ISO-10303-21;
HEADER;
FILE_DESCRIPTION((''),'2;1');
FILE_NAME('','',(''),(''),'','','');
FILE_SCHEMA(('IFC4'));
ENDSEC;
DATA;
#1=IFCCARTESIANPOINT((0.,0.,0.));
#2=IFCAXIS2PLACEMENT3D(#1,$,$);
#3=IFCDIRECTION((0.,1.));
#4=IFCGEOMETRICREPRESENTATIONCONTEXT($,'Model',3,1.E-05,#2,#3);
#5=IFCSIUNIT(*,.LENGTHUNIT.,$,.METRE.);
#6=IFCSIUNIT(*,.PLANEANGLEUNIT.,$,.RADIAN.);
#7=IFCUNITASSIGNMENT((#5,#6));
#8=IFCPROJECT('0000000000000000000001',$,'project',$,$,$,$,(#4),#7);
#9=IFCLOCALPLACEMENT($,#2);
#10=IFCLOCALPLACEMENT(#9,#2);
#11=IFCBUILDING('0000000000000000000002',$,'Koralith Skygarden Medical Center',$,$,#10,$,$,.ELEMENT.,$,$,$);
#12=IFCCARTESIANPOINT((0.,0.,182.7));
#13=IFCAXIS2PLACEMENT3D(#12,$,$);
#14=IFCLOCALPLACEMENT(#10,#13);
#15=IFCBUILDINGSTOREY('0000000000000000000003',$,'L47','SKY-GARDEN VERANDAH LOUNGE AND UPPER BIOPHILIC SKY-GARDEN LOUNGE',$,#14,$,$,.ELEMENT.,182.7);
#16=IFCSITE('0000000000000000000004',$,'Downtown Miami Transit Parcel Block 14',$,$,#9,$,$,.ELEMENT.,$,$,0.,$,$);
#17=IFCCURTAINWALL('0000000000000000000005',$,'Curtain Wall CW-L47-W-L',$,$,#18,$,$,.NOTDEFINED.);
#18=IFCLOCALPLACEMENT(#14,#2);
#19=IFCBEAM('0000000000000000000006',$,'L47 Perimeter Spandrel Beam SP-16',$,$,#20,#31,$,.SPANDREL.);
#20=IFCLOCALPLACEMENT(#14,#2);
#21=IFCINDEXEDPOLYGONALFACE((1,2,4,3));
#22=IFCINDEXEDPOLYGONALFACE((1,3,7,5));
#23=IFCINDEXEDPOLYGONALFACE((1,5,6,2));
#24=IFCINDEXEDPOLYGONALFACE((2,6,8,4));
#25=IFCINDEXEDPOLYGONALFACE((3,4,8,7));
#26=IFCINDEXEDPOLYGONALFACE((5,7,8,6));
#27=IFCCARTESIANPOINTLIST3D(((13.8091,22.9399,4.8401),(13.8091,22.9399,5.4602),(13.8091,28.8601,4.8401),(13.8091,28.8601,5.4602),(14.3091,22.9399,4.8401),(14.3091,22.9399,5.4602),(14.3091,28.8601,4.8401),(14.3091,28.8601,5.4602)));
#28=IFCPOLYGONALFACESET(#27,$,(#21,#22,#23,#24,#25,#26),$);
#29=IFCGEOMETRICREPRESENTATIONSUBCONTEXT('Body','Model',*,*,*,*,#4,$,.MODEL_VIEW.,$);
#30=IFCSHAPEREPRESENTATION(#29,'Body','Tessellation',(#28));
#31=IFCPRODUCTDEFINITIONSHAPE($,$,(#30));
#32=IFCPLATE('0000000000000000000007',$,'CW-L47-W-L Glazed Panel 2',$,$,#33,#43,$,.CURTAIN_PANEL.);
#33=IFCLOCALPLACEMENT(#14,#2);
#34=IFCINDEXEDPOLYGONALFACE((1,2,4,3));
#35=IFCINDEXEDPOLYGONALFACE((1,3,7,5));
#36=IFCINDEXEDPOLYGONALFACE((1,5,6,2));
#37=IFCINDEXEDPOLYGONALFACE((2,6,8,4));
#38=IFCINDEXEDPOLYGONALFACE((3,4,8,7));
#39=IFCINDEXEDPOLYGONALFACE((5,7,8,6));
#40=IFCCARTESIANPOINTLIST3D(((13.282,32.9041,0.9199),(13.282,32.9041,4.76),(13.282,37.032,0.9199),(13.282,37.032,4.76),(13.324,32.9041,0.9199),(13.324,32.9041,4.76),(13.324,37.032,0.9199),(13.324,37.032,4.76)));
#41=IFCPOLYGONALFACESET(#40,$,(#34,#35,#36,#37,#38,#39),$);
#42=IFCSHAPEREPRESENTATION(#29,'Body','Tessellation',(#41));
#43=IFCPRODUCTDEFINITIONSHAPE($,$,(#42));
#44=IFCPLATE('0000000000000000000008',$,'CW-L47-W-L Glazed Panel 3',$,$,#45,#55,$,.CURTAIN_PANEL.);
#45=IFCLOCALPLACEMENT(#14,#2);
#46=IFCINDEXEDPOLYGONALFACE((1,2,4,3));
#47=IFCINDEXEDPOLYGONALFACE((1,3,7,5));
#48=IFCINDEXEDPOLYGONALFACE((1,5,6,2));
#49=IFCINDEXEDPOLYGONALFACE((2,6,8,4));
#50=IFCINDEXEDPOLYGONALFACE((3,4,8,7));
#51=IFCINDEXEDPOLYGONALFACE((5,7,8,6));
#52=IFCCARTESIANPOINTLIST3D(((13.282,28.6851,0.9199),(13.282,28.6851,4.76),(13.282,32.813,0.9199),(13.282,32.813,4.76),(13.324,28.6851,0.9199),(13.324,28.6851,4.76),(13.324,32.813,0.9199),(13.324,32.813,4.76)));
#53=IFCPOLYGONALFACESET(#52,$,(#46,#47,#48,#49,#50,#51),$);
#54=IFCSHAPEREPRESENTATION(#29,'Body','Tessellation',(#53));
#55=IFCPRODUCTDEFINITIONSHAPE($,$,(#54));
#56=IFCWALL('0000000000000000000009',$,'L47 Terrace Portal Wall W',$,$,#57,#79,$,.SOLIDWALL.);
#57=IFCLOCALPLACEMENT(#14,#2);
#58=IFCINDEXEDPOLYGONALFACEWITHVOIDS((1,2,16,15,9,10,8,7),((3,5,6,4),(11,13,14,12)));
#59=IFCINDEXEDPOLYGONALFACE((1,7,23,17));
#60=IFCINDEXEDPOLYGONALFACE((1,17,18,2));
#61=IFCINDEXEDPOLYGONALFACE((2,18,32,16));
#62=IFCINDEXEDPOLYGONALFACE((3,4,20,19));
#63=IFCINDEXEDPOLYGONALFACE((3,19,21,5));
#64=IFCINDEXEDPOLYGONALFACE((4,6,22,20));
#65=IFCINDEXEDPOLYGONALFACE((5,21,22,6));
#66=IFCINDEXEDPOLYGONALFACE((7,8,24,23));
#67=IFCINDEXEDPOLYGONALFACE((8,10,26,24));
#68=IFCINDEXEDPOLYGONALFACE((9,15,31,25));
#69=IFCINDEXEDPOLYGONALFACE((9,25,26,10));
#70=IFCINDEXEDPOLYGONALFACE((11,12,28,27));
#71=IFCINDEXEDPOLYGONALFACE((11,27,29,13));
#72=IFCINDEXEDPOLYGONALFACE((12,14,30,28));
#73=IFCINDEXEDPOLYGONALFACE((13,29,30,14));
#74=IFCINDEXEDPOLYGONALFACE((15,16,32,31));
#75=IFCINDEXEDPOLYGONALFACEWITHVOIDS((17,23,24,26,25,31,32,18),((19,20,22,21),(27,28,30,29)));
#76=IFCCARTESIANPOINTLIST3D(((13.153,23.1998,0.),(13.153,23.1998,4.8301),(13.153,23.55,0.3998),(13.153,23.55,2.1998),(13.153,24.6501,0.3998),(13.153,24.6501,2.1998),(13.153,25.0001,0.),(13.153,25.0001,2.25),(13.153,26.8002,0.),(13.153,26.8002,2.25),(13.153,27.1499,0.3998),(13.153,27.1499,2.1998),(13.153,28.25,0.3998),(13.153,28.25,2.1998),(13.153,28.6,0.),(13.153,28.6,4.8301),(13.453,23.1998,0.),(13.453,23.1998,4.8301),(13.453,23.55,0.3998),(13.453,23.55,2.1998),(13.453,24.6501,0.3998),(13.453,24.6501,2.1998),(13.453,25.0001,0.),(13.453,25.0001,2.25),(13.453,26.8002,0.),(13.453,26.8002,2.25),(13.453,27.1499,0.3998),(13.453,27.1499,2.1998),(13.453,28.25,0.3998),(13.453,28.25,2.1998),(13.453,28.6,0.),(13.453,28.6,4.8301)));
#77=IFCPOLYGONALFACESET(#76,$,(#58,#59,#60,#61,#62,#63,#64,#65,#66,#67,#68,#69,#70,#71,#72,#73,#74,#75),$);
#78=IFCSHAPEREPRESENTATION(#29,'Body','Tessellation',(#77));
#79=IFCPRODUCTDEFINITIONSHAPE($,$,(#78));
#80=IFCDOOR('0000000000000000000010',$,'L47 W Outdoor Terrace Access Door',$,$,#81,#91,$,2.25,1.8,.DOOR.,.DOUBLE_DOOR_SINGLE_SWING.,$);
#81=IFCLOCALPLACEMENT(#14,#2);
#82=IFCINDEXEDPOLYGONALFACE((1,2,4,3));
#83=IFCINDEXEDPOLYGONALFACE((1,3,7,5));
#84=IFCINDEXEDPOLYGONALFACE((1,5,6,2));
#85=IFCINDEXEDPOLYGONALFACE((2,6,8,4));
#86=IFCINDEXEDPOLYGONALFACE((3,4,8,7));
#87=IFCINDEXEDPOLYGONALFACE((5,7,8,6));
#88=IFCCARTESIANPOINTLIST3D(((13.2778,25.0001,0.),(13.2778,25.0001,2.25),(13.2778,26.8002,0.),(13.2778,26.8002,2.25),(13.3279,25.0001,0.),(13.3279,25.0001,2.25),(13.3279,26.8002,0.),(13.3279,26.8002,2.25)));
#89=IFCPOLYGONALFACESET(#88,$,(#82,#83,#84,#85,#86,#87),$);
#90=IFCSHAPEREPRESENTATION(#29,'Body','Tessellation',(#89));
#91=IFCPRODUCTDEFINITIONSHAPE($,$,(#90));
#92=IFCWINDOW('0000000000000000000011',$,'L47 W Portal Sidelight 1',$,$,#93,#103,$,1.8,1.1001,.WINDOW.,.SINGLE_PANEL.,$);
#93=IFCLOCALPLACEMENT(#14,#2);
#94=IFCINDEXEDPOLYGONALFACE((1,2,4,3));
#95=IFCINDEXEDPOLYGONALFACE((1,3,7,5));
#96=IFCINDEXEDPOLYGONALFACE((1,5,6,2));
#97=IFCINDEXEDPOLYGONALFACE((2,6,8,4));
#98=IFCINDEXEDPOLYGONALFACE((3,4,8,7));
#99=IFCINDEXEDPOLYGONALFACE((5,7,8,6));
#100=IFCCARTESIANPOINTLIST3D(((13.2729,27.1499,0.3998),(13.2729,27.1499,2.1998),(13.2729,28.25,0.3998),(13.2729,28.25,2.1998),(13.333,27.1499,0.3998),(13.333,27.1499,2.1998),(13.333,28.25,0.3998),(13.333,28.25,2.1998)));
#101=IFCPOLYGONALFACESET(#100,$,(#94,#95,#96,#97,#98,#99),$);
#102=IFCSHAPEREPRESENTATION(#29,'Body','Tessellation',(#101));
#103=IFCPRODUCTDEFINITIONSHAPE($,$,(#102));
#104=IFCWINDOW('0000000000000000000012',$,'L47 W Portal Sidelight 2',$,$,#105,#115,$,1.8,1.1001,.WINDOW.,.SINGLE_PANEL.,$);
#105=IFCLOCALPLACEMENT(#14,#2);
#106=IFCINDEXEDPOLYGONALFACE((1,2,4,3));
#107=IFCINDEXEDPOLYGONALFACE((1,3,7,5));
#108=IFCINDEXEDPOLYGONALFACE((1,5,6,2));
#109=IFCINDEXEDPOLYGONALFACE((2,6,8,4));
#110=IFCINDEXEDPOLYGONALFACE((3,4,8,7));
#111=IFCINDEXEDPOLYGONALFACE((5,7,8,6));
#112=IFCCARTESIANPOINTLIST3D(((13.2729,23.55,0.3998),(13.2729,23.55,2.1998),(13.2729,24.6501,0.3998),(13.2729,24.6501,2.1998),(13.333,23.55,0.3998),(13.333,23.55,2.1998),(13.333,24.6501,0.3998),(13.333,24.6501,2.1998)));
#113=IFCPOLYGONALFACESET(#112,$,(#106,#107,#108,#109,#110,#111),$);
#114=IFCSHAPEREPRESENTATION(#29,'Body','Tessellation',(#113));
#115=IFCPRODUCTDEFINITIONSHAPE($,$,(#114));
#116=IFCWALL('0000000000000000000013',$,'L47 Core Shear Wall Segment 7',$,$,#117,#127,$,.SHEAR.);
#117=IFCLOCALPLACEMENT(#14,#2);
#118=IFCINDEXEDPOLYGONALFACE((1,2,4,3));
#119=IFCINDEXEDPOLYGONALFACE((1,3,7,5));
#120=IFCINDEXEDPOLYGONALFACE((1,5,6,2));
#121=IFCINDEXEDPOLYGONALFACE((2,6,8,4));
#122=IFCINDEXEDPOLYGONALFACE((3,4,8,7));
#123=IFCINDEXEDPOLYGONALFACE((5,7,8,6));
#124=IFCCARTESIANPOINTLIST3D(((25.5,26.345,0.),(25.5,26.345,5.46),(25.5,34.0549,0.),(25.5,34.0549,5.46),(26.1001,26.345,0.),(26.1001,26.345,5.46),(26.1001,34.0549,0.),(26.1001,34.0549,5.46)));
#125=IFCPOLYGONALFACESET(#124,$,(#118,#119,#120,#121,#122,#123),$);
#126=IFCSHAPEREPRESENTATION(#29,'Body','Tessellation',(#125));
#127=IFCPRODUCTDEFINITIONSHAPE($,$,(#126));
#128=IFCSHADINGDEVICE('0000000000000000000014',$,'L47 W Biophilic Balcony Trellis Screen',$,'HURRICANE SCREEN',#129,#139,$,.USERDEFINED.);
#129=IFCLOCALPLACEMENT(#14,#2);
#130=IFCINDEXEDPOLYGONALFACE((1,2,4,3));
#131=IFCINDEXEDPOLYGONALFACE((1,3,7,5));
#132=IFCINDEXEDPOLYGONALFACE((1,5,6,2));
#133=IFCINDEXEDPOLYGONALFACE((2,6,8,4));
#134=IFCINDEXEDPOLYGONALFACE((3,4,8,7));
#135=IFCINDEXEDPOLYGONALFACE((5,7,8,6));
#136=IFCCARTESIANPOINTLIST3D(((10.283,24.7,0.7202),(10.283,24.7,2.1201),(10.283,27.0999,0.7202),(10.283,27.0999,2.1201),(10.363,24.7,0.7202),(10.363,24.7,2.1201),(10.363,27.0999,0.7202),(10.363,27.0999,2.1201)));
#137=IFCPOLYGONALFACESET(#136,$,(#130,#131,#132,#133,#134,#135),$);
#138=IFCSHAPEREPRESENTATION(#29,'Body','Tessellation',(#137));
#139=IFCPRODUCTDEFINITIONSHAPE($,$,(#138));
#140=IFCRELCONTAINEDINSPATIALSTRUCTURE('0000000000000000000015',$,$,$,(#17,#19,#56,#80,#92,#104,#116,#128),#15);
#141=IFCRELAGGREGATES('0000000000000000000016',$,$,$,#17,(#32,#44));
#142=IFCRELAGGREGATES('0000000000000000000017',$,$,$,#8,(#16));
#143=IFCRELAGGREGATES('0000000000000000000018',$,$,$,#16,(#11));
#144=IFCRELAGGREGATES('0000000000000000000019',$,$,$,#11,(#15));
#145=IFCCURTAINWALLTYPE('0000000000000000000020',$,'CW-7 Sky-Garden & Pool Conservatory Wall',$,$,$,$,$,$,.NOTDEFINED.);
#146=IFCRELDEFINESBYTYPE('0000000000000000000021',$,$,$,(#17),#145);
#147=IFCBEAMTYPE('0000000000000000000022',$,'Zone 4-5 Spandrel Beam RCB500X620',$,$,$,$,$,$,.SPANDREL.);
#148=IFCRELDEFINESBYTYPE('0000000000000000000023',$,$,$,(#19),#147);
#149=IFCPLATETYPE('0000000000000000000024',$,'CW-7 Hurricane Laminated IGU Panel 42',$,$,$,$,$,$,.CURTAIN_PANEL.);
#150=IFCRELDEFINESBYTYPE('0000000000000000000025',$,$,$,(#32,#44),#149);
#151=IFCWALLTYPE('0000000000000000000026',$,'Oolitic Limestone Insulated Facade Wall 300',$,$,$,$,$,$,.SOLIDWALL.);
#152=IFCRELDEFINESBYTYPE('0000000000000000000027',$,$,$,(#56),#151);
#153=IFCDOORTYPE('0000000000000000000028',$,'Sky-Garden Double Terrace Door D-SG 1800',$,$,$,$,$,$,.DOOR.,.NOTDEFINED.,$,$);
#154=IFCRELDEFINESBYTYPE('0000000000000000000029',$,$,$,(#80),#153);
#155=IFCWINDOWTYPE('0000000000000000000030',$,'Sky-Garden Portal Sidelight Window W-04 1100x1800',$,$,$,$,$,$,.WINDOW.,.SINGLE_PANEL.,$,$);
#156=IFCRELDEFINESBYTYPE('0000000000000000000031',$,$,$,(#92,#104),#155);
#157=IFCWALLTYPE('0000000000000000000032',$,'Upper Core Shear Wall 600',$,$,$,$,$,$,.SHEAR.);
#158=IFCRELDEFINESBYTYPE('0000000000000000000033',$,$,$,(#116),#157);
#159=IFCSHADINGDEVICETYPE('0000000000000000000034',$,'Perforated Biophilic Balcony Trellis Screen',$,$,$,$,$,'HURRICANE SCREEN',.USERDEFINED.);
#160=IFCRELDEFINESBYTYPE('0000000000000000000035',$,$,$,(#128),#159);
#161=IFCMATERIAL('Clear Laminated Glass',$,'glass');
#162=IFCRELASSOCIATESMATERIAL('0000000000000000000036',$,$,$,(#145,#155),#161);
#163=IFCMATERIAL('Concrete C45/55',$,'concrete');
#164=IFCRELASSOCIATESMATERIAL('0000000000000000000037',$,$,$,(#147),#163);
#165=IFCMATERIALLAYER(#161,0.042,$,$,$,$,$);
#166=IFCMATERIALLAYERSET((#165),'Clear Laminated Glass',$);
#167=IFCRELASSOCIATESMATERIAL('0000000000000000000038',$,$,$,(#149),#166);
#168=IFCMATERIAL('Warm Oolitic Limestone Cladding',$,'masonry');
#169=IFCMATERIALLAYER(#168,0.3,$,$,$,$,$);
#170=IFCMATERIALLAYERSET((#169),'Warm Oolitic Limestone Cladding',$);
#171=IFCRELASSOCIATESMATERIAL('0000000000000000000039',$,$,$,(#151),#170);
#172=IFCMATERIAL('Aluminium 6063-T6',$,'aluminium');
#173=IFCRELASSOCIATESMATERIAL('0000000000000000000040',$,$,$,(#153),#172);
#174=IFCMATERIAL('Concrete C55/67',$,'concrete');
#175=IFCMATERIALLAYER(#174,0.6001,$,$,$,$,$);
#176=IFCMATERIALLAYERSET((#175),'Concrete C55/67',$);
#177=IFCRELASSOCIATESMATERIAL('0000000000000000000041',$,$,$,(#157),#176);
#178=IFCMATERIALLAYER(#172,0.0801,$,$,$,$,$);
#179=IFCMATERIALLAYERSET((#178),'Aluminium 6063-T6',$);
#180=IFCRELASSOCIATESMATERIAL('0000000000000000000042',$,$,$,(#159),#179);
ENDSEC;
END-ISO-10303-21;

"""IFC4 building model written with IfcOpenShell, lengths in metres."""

from ifc_helpers import new_model, si_unit, direction, frame, frame_2d, origin, origin_2d, place, context, subcontext, project, spatial, rectangle, extrude, material, layer, layer_set, material_profile, profile_set, type_object, element, fill, aggregate, save


model = new_model("IFC4")

# Units and contexts
model_context = context("Model", 3, precision=1e-05, world=origin(), true_north=direction((0.0, 1.0)))
body_context = subcontext(model_context, "Body", "Model", "MODEL_VIEW")
ifc_project = project(units=[si_unit("LENGTHUNIT", "METRE"), si_unit("PLANEANGLEUNIT", "RADIAN")], contexts=[model_context])

# Site, building, storey
site_placement = place(None, origin())
site = spatial("IfcSite", under=ifc_project, at=site_placement, Name="Downtown Miami Transit Parcel Block 14", CompositionType="ELEMENT", RefElevation=0.0)
building_placement = place(site_placement, origin())
building = spatial("IfcBuilding", under=site, at=building_placement, Name="Koralith Skygarden Medical Center", CompositionType="ELEMENT")
storey_placement = place(building_placement, frame((0.0, 0.0, 182.7)))
storey = spatial("IfcBuildingStorey", under=building, at=storey_placement, Name="L47", Description="SKY-GARDEN VERANDAH LOUNGE AND UPPER BIOPHILIC SKY-GARDEN LOUNGE", CompositionType="ELEMENT", Elevation=182.7)

# Shared definitions
ifc_material_1 = material(Name="Concrete C55/67", Category="concrete")

# Curtain wall
ifc_material_2 = material(Name="Clear Laminated Glass", Category="glass")
curtain_wall_type = type_object("IfcCurtainWallType", Name="CW-7 Sky-Garden & Pool Conservatory Wall", PredefinedType="NOTDEFINED", material=ifc_material_2)
curtain_wall_placement = place(storey_placement, origin())
curtain_wall = element("IfcCurtainWall", 1, at=curtain_wall_placement, inside=storey, type_object=curtain_wall_type, Name="Curtain Wall CW-L47-W-L", PredefinedType="NOTDEFINED")
ifc_material_3 = material(Name="Aluminium 6063-T6", Category="aluminium")

# Beam
ifc_material_4 = material(Name="Concrete C45/55", Category="concrete")
ifc_material_profile_1 = material_profile(ifc_material_4, rectangle(XDim=0.5, YDim=0.6201, at=origin_2d()), Name="RCB500X620")
ifc_profile_set_1 = profile_set([ifc_material_profile_1], Name="Concrete C45/55")
beam_type_1 = type_object("IfcBeamType", Name="Zone 4-5 Spandrel Beam RCB500X620", PredefinedType="SPANDREL", material=ifc_profile_set_1)
beam_1_placement = place(storey_placement, frame((14.0591, 28.8601, 5.1501), z_axis=(0.0, -1.0, 0.0), x_axis=(1.0, 0.0, 0.0)))
element("IfcBeam", 2, at=beam_1_placement, inside=storey, type_object=beam_type_1, Name="L47 Perimeter Spandrel Beam SP-16", PredefinedType="SPANDREL", context=body_context, shape_type="SweptSolid", body=[
    extrude(rectangle(XDim=0.5, YDim=0.6201, at=origin_2d()), origin(), (0.0, 0.0, 1.0), 5.9202),
])

# Plates
ifc_layer_1 = layer(ifc_material_2, 0.042)
ifc_layer_set_1 = layer_set([ifc_layer_1], Name="Clear Laminated Glass")
plate_type = type_object("IfcPlateType", Name="CW-7 Hurricane Laminated IGU Panel 42", PredefinedType="CURTAIN_PANEL", material=ifc_layer_set_1)
plate_1_placement = place(storey_placement, frame((13.303, 34.968, 0.9199), z_axis=(0.0, 0.0, 1.0), x_axis=(0.0, -1.0, 0.0)))
plate_1 = element("IfcPlate", 3, at=plate_1_placement, type_object=plate_type, Name="CW-L47-W-L Glazed Panel 2", PredefinedType="CURTAIN_PANEL", context=body_context, shape_type="SweptSolid", body=[
    extrude(rectangle(XDim=4.1279, YDim=0.042, at=origin_2d()), origin(), (0.0, 0.0, 1.0), 3.8401),
])
plate_2_placement = place(storey_placement, frame((13.303, 30.749, 0.9199), z_axis=(0.0, 0.0, 1.0), x_axis=(0.0, -1.0, 0.0)))
plate_2 = element("IfcPlate", 4, at=plate_2_placement, type_object=plate_type, Name="CW-L47-W-L Glazed Panel 3", PredefinedType="CURTAIN_PANEL", context=body_context, shape_type="SweptSolid", body=[
    extrude(rectangle(XDim=4.1279, YDim=0.042, at=origin_2d()), origin(), (0.0, 0.0, 1.0), 3.8401),
])
aggregate(curtain_wall, [plate_1, plate_2])

# Wall, openings, door, windows
ifc_material_5 = material(Name="Warm Oolitic Limestone Cladding", Category="masonry")
ifc_layer_2 = layer(ifc_material_5, 0.3)
ifc_layer_set_2 = layer_set([ifc_layer_2], Name="Warm Oolitic Limestone Cladding")
wall_type_1 = type_object("IfcWallType", Name="Oolitic Limestone Insulated Facade Wall 300", PredefinedType="SOLIDWALL", material=ifc_layer_set_2)
wall_1_placement = place(storey_placement, frame((13.303, 28.6001, 0.0), z_axis=(0.0, 0.0, 1.0), x_axis=(0.0, -1.0, 0.0)))
wall_1 = element("IfcWall", 5, at=wall_1_placement, inside=storey, type_object=wall_type_1, Name="L47 Terrace Portal Wall W", PredefinedType="SOLIDWALL", context=body_context, shape_type="SweptSolid", body=[
    extrude(rectangle(XDim=5.4001, YDim=0.3, at=frame_2d((2.7002, 0.0))), origin(), (0.0, 0.0, 1.0), 4.8301),
])
opening_1_placement = place(wall_1_placement, frame((1.8, 0.0, 0.0)))
opening_1 = element("IfcOpeningElement", 6, at=opening_1_placement, cuts=wall_1, PredefinedType="OPENING", context=body_context, shape_type="SweptSolid", body=[
    extrude(rectangle(XDim=1.8, YDim=2.25, at=frame_2d((0.8999, 1.125))), frame((0.0, 0.1599, 0.0), z_axis=(0.0, -1.0, 0.0), x_axis=(1.0, 0.0, 0.0)), (0.0, 0.0, 1.0), 0.3201),
])
opening_2_placement = place(wall_1_placement, frame((0.3501, 0.0, 0.3999)))
opening_2 = element("IfcOpeningElement", 7, at=opening_2_placement, cuts=wall_1, PredefinedType="OPENING", context=body_context, shape_type="SweptSolid", body=[
    extrude(rectangle(XDim=1.1001, YDim=1.8, at=frame_2d((0.55, 0.8999))), frame((0.0, 0.1599, 0.0), z_axis=(0.0, -1.0, 0.0), x_axis=(1.0, 0.0, 0.0)), (0.0, 0.0, 1.0), 0.3201),
])
opening_3_placement = place(wall_1_placement, frame((3.95, 0.0, 0.3999)))
opening_3 = element("IfcOpeningElement", 8, at=opening_3_placement, cuts=wall_1, PredefinedType="OPENING", context=body_context, shape_type="SweptSolid", body=[
    extrude(rectangle(XDim=1.1001, YDim=1.8, at=frame_2d((0.55, 0.8999))), frame((0.0, 0.1599, 0.0), z_axis=(0.0, -1.0, 0.0), x_axis=(1.0, 0.0, 0.0)), (0.0, 0.0, 1.0), 0.3201),
])
door_type_1 = type_object("IfcDoorType", Name="Sky-Garden Double Terrace Door D-SG 1800", OperationType="NOTDEFINED", PredefinedType="DOOR", material=ifc_material_3)
door_1_placement = place(opening_1_placement, origin())
door_1 = element("IfcDoor", 9, at=door_1_placement, inside=storey, type_object=door_type_1, Name="L47 W Outdoor Terrace Access Door", OperationType="DOUBLE_DOOR_SINGLE_SWING", OverallHeight=2.25, OverallWidth=1.8, PredefinedType="DOOR", context=body_context, shape_type="SweptSolid", body=[
    extrude(rectangle(XDim=1.8, YDim=2.25, at=frame_2d((0.8999, 1.125))), frame((0.0, 0.0249, 0.0), z_axis=(0.0, -1.0, 0.0), x_axis=(1.0, 0.0, 0.0)), (0.0, 0.0, 1.0), 0.05),
])
fill(opening_1, door_1)
window_type = type_object("IfcWindowType", Name="Sky-Garden Portal Sidelight Window W-04 1100x1800", PartitioningType="SINGLE_PANEL", PredefinedType="WINDOW", material=ifc_material_2)
window_1_placement = place(opening_2_placement, origin())
window_1 = element("IfcWindow", 10, at=window_1_placement, inside=storey, type_object=window_type, Name="L47 W Portal Sidelight 1", OverallHeight=1.8, OverallWidth=1.1001, PartitioningType="SINGLE_PANEL", PredefinedType="WINDOW", context=body_context, shape_type="SweptSolid", body=[
    extrude(rectangle(XDim=1.1001, YDim=1.8, at=frame_2d((0.55, 0.8999))), frame((0.0, 0.03, 0.0), z_axis=(0.0, -1.0, 0.0), x_axis=(1.0, 0.0, 0.0)), (0.0, 0.0, 1.0), 0.0601),
])
fill(opening_2, window_1)
window_2_placement = place(opening_3_placement, origin())
window_2 = element("IfcWindow", 11, at=window_2_placement, inside=storey, type_object=window_type, Name="L47 W Portal Sidelight 2", OverallHeight=1.8, OverallWidth=1.1001, PartitioningType="SINGLE_PANEL", PredefinedType="WINDOW", context=body_context, shape_type="SweptSolid", body=[
    extrude(rectangle(XDim=1.1001, YDim=1.8, at=frame_2d((0.55, 0.8999))), frame((0.0, 0.03, 0.0), z_axis=(0.0, -1.0, 0.0), x_axis=(1.0, 0.0, 0.0)), (0.0, 0.0, 1.0), 0.0601),
])
fill(opening_3, window_2)

# Wall
ifc_layer_3 = layer(ifc_material_1, 0.6001)
ifc_layer_set_3 = layer_set([ifc_layer_3], Name="Concrete C55/67")
wall_type_2 = type_object("IfcWallType", Name="Upper Core Shear Wall 600", PredefinedType="SHEAR", material=ifc_layer_set_3)
wall_2_placement = place(storey_placement, frame((25.8, 34.0549, 0.0), z_axis=(0.0, 0.0, 1.0), x_axis=(0.0, -1.0, 0.0)))
element("IfcWall", 12, at=wall_2_placement, inside=storey, type_object=wall_type_2, Name="L47 Core Shear Wall Segment 7", PredefinedType="SHEAR", context=body_context, shape_type="SweptSolid", body=[
    extrude(rectangle(XDim=7.71, YDim=0.6001, at=frame_2d((3.855, 0.0))), origin(), (0.0, 0.0, 1.0), 5.46),
])

# Shading device
ifc_layer_4 = layer(ifc_material_3, 0.0801)
ifc_layer_set_4 = layer_set([ifc_layer_4], Name="Aluminium 6063-T6")
shading_device_type = type_object("IfcShadingDeviceType", Name="Perforated Biophilic Balcony Trellis Screen", ElementType="HURRICANE SCREEN", PredefinedType="USERDEFINED", material=ifc_layer_set_4)
shading_device_placement = place(storey_placement, frame((10.323, 25.8999, 0.7202), z_axis=(0.0, 0.0, 1.0), x_axis=(0.0, 1.0, 0.0)))
element("IfcShadingDevice", 13, at=shading_device_placement, inside=storey, type_object=shading_device_type, Name="L47 W Biophilic Balcony Trellis Screen", ObjectType="HURRICANE SCREEN", PredefinedType="USERDEFINED", context=body_context, shape_type="SweptSolid", body=[
    extrude(rectangle(XDim=2.3999, YDim=0.0801, at=origin_2d()), origin(), (0.0, 0.0, 1.0), 1.3999),
])

save(model, "model.ifc")
